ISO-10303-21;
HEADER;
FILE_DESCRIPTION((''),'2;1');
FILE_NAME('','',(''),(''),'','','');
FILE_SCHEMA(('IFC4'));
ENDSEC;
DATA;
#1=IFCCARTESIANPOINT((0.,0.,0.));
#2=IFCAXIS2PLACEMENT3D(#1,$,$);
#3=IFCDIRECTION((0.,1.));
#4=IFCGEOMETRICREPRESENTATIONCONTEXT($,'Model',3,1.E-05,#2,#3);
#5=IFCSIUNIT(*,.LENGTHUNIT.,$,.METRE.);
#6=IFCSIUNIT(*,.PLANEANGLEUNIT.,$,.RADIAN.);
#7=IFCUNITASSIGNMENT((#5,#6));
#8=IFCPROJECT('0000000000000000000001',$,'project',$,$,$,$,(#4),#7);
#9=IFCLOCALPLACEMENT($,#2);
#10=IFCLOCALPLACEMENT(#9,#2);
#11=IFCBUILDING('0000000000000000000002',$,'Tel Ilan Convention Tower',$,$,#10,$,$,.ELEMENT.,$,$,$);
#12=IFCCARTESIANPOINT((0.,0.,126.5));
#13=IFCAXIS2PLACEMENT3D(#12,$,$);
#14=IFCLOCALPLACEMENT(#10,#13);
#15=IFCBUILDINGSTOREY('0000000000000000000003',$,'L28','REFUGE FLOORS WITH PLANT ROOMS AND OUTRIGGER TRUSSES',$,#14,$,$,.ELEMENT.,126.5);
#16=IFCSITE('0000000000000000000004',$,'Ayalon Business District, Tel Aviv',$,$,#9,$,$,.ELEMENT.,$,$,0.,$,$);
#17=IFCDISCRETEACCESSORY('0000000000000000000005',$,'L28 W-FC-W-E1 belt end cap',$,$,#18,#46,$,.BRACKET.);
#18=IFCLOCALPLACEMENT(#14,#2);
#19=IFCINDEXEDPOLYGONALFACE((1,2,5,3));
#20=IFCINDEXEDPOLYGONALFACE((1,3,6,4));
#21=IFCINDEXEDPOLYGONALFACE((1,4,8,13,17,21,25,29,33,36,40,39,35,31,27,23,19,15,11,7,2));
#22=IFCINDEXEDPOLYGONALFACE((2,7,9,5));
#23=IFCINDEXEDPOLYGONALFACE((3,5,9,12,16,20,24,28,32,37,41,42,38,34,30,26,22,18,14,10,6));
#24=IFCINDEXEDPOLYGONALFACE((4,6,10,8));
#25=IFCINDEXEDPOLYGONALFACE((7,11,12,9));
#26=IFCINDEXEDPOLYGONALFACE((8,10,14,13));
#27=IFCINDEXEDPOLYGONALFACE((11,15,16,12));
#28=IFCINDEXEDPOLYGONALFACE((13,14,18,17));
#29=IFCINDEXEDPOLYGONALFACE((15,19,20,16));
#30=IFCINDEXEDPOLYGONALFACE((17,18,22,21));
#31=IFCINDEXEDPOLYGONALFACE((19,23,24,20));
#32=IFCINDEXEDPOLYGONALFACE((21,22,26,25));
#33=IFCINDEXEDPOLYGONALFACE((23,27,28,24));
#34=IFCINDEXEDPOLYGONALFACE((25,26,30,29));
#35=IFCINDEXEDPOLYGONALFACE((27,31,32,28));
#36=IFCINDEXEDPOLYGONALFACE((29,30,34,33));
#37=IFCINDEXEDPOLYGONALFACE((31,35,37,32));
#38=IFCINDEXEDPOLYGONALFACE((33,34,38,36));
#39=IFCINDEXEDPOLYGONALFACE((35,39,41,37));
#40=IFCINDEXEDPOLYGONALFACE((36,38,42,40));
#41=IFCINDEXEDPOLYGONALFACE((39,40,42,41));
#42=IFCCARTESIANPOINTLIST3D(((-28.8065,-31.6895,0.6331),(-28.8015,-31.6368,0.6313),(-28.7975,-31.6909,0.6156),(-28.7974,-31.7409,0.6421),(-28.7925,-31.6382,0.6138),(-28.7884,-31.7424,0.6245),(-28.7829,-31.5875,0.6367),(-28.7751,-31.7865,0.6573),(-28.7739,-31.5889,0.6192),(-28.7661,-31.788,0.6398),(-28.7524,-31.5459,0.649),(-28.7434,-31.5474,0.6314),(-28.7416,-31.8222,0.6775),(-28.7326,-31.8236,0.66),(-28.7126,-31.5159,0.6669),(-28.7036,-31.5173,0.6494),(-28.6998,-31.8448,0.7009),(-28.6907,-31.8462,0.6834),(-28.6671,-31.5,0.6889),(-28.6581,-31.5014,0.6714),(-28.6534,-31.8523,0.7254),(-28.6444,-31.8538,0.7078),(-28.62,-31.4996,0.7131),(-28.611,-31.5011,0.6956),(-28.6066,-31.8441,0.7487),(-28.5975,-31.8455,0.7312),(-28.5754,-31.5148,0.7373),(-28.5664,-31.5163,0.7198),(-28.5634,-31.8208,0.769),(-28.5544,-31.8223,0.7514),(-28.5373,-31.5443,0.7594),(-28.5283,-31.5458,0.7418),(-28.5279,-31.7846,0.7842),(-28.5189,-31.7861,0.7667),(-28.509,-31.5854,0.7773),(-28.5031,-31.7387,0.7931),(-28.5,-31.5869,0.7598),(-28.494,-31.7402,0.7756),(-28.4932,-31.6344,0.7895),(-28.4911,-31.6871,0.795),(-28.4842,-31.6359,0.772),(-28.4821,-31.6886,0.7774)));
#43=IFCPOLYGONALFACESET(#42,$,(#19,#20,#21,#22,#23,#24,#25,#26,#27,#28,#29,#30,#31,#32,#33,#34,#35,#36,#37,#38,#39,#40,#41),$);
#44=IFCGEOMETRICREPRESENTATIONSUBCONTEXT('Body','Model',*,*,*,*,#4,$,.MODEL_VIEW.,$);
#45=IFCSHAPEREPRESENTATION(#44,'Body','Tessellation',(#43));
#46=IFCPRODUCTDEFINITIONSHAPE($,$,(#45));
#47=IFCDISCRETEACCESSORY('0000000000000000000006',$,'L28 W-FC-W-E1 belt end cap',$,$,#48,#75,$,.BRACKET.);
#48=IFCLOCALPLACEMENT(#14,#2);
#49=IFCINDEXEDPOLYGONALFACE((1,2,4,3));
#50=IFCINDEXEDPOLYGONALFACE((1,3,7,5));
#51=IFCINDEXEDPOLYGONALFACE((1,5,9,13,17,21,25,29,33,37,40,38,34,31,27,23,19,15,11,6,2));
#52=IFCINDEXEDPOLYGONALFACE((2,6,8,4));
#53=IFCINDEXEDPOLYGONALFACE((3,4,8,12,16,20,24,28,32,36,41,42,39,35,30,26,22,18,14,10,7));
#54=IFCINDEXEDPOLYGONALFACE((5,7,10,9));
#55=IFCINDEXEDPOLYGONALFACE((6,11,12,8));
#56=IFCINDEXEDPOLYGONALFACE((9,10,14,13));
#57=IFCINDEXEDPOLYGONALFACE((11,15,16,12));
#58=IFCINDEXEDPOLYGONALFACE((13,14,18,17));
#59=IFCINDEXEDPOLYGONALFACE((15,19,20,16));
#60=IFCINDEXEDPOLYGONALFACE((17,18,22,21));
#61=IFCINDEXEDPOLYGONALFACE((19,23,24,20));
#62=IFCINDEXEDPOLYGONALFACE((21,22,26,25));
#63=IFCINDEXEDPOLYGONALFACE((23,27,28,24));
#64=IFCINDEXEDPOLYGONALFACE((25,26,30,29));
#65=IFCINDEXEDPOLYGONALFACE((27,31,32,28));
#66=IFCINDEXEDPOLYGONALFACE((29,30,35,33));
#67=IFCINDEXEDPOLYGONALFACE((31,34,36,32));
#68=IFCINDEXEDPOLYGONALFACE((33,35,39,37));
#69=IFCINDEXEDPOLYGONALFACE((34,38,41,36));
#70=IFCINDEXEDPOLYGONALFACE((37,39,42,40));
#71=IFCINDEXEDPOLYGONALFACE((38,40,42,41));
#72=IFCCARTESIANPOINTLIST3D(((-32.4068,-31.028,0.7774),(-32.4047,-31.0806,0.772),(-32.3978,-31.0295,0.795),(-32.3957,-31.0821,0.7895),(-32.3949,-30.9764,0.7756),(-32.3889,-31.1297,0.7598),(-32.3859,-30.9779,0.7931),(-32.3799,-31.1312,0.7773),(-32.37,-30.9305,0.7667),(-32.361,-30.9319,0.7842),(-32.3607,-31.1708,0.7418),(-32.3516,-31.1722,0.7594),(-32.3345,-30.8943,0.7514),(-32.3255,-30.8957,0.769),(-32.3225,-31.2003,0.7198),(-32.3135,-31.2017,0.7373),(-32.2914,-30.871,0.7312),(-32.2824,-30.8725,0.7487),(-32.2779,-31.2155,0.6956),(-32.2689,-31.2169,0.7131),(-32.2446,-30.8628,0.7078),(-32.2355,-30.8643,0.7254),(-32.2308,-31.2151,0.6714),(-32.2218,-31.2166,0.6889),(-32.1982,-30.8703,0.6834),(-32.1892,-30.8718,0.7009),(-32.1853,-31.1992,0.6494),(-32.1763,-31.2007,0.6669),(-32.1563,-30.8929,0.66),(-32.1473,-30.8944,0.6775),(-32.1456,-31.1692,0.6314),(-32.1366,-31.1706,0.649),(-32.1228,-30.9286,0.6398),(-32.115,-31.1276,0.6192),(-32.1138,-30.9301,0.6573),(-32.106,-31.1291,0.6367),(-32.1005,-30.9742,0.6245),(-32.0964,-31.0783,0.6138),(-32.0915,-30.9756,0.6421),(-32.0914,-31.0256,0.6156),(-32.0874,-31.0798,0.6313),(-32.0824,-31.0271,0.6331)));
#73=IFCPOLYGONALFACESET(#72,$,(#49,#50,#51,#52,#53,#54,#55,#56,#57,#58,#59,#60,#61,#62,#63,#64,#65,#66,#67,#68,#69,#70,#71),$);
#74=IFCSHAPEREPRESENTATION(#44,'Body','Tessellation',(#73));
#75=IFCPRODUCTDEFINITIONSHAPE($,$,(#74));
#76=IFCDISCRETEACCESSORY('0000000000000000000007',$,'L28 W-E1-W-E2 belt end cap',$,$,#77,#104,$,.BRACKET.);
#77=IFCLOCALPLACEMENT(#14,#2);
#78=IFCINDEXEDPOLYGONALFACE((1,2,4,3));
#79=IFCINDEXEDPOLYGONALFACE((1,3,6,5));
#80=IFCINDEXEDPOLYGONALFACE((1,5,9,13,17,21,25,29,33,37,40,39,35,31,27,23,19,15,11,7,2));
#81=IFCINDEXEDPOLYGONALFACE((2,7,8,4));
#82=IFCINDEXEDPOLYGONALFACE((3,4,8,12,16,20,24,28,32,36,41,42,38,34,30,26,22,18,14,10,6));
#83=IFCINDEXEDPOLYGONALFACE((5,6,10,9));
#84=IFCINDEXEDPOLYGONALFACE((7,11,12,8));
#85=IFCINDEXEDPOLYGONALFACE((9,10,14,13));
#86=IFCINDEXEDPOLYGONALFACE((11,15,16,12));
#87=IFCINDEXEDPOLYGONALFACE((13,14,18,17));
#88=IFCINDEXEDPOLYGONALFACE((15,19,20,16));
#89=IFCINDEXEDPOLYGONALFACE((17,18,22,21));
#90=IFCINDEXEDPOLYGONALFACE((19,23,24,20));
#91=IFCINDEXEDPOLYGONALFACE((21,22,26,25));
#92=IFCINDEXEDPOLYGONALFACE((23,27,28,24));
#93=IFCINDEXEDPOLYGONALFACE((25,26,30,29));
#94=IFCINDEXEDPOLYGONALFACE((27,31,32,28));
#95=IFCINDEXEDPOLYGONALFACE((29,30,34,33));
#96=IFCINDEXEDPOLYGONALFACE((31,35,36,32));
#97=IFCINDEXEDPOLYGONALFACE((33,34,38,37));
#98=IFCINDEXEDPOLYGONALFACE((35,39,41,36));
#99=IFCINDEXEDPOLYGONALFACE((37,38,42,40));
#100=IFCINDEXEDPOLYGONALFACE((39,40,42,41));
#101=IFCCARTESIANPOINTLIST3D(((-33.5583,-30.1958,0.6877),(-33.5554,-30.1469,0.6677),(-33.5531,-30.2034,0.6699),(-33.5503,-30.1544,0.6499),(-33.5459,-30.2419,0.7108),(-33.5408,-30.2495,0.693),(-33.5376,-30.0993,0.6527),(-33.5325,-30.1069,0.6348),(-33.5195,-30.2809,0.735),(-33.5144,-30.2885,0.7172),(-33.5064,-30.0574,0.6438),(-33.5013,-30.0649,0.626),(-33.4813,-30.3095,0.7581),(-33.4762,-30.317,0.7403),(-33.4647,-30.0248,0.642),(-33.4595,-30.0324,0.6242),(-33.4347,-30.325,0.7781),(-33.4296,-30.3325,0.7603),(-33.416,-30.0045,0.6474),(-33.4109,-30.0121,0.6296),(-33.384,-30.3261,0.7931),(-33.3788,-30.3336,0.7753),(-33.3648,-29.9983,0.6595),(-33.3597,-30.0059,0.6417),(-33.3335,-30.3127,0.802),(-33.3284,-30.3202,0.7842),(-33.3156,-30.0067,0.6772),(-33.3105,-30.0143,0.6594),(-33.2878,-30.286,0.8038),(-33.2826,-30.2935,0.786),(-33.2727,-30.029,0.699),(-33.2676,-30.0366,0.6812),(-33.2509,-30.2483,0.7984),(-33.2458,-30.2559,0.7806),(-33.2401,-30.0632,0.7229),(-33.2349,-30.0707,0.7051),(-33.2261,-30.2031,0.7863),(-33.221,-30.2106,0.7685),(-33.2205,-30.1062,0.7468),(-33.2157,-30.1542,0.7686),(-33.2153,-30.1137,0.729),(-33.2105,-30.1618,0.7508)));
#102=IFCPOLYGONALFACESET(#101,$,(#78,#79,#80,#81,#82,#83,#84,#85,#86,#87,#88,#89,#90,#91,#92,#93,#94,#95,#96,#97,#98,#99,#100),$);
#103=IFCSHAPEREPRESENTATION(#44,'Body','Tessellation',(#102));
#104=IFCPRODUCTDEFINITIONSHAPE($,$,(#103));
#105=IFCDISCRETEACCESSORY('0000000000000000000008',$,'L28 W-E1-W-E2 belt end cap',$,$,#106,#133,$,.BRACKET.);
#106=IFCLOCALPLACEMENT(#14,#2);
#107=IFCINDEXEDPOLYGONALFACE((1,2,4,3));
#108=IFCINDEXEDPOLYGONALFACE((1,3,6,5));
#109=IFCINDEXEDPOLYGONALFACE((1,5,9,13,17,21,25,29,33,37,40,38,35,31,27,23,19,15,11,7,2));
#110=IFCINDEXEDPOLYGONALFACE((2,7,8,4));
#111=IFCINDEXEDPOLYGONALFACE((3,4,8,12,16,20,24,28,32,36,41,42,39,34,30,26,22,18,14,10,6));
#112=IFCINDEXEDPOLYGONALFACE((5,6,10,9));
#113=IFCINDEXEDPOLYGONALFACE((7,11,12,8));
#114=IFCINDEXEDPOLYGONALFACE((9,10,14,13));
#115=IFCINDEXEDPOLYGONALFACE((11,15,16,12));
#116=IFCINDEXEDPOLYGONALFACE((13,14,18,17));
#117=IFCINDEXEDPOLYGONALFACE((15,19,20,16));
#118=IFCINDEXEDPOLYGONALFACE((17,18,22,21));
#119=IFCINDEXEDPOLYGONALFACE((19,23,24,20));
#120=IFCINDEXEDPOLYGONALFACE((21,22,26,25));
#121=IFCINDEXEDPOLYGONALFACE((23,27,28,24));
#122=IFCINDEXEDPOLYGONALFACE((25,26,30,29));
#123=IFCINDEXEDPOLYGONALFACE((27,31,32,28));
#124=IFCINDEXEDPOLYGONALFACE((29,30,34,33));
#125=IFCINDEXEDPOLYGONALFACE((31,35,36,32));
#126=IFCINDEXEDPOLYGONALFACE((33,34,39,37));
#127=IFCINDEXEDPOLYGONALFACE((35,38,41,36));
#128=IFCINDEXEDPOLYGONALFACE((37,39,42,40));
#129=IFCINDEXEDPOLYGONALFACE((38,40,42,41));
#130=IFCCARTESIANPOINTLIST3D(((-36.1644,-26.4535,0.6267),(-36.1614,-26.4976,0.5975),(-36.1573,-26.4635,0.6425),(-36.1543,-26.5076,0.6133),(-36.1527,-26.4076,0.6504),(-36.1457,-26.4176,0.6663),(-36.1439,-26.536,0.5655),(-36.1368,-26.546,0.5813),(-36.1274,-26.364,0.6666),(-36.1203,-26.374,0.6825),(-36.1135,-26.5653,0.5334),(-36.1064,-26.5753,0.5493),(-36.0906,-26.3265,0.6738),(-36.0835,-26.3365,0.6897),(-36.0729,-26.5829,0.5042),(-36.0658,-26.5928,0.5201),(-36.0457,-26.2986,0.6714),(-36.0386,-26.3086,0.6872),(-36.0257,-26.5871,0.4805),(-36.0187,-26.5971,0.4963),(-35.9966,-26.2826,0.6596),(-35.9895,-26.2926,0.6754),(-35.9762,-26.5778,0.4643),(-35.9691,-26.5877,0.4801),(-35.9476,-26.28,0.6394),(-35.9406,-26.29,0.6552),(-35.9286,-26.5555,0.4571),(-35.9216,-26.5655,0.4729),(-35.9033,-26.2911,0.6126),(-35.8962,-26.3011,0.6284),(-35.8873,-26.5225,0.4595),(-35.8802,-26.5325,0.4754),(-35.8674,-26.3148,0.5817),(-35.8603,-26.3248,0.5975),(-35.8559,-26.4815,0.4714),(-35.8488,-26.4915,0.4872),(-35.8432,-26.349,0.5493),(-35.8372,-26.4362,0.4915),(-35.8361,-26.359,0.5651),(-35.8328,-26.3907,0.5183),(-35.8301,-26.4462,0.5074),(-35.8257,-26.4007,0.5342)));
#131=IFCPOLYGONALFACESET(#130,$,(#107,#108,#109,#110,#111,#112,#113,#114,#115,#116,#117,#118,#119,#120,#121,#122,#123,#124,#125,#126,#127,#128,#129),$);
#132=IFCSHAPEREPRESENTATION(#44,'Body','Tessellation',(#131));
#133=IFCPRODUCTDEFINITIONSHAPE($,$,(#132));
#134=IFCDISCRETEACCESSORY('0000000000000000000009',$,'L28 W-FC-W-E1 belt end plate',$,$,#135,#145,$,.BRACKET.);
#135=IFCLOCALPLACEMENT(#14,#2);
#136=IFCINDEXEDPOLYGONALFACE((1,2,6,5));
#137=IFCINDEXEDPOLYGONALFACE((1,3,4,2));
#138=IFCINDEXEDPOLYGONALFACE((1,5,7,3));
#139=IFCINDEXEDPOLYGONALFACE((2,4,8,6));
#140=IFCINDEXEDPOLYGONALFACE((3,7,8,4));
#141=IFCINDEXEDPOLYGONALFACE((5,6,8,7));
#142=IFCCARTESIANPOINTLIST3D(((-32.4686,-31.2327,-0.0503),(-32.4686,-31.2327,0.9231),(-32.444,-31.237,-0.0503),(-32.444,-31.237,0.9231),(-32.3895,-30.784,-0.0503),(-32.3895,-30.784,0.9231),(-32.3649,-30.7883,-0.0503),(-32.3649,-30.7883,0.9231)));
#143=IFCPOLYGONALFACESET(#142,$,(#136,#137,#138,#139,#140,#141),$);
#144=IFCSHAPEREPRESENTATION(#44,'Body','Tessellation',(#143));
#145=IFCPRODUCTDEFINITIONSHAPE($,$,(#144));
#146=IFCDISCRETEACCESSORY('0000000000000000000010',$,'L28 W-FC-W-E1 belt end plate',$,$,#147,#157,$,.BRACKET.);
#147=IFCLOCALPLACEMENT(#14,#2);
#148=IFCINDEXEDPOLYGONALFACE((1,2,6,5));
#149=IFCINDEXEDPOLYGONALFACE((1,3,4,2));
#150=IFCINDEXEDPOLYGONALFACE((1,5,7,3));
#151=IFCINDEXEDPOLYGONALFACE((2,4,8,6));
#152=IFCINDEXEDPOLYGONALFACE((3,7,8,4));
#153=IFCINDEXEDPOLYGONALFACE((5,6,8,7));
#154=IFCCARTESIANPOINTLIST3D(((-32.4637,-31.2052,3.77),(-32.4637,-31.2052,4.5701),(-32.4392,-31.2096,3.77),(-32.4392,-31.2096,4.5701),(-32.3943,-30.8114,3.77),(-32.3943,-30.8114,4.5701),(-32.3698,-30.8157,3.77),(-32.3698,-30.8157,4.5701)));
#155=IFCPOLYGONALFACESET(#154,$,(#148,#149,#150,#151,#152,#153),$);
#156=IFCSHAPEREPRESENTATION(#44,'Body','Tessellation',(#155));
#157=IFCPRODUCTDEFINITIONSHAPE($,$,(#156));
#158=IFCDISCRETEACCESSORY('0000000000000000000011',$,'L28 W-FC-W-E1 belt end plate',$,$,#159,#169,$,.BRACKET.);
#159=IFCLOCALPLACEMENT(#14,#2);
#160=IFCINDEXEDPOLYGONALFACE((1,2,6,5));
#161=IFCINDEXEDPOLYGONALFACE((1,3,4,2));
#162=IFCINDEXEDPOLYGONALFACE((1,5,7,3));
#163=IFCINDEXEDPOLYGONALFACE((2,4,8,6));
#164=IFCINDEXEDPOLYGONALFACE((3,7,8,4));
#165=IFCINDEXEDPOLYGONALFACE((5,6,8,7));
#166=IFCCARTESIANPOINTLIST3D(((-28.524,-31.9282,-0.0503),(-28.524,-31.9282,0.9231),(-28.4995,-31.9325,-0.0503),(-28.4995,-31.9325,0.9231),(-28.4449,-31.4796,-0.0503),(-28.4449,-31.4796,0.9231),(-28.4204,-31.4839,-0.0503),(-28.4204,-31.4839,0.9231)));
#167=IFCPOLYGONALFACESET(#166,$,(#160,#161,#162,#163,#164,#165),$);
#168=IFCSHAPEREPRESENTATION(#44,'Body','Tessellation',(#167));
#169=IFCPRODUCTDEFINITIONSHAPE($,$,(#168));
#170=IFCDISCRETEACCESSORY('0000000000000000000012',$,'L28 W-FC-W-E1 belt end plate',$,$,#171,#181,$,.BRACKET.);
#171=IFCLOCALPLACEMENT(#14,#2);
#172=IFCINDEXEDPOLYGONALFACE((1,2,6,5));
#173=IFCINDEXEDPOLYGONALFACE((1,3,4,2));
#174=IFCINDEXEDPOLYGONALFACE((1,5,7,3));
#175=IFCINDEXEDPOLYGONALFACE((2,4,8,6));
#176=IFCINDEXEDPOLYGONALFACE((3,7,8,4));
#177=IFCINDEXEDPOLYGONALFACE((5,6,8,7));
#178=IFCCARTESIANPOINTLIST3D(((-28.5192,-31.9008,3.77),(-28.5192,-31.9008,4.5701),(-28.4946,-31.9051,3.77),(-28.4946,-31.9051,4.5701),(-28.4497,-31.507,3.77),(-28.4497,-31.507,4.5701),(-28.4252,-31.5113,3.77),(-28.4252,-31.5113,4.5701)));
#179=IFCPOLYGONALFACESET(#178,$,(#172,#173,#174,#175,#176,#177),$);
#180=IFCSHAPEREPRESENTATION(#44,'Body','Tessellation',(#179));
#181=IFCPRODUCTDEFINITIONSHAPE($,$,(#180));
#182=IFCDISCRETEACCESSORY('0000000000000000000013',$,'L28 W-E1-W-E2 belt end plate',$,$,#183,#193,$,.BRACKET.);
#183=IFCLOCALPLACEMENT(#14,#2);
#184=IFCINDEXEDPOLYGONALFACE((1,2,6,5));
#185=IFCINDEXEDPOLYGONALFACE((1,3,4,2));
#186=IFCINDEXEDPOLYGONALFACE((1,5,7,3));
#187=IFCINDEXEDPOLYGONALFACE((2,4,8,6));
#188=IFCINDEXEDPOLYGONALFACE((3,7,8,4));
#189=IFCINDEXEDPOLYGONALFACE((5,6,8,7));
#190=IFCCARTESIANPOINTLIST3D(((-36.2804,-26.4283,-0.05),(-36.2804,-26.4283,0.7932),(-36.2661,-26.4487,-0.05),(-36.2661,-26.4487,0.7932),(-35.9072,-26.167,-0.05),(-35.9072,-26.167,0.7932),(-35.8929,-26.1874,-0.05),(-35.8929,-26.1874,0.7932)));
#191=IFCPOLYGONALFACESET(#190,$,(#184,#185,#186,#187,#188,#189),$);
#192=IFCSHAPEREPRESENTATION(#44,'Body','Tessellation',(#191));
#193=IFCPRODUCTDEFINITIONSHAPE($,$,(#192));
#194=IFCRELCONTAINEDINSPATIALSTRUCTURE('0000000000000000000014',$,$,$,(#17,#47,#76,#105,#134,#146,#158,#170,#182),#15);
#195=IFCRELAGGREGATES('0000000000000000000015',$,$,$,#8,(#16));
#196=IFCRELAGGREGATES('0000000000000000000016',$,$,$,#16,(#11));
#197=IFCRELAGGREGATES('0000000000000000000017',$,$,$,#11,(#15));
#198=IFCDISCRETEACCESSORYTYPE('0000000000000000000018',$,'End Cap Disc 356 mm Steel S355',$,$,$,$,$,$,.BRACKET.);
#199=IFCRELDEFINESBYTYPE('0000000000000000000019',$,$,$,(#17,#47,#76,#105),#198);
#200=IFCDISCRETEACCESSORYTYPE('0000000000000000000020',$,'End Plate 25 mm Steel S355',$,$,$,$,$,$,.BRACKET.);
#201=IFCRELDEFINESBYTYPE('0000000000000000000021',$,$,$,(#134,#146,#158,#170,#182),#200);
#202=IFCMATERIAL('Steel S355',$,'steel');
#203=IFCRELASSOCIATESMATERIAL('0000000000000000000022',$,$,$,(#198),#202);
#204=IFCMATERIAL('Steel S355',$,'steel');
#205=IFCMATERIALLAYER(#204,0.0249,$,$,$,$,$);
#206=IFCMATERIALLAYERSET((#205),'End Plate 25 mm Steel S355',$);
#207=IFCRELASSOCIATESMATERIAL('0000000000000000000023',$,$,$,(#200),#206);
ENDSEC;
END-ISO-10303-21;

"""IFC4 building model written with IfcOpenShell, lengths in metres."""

from ifc_helpers import new_model, si_unit, direction, frame, origin, origin_2d, place, context, subcontext, project, spatial, rectangle, circle, extrude, material, layer, layer_set, material_profile, profile_set, type_object, element, save


model = new_model("IFC4")

# Units and contexts
model_context = context("Model", 3, precision=1e-05, world=origin(), true_north=direction((0.0, 1.0)))
body_context = subcontext(model_context, "Body", "Model", "MODEL_VIEW")
ifc_project = project(units=[si_unit("LENGTHUNIT", "METRE"), si_unit("PLANEANGLEUNIT", "RADIAN")], contexts=[model_context])

# Site, building, storey
site_placement = place(None, origin())
site = spatial("IfcSite", under=ifc_project, at=site_placement, Name="Ayalon Business District, Tel Aviv", CompositionType="ELEMENT", RefElevation=0.0)
building_placement = place(site_placement, origin())
building = spatial("IfcBuilding", under=site, at=building_placement, Name="Tel Ilan Convention Tower", CompositionType="ELEMENT")
storey_placement = place(building_placement, frame((0.0, 0.0, 126.5)))
storey = spatial("IfcBuildingStorey", under=building, at=storey_placement, Name="L28", Description="REFUGE FLOORS WITH PLANT ROOMS AND OUTRIGGER TRUSSES", CompositionType="ELEMENT", Elevation=126.5)

# Discrete accessories
ifc_material_1 = material(Name="Steel S355", Category="steel")
ifc_material_profile_1 = material_profile(ifc_material_1, circle(Radius=0.1777, at=origin_2d()), Name="End Cap Disc 356 mm Steel S355")
ifc_profile_set_1 = profile_set([ifc_material_profile_1], Name="Steel S355")
discrete_accessory_type_1 = type_object("IfcDiscreteAccessoryType", Name="End Cap Disc 356 mm Steel S355", PredefinedType="BRACKET", material=ifc_profile_set_1)
for number, where, z_axis, x_axis, name in (
    (1, (-28.6484, -31.675, 0.7131), (0.455819, -0.073917, -0.886998), (0.160071, 0.987105, 0.0), "L28 W-FC-W-E1 belt end cap"),
    (2, (-32.2405, -31.0415, 0.7131), (-0.455819, 0.073917, -0.886998), (-0.160071, -0.987105, 0.0), "L28 W-FC-W-E1 belt end cap"),
):
    element("IfcDiscreteAccessory", number, at=place(storey_placement, frame(where, z_axis=z_axis, x_axis=x_axis)), inside=storey, type_object=discrete_accessory_type_1, Name=name, PredefinedType="BRACKET", context=body_context, shape_type="SweptSolid", body=[
        extrude(circle(Radius=0.1777, at=origin_2d()), origin(), (0.0, 0.0, 1.0), 0.0198),
    ])
for number, where, z_axis, x_axis, name in (
    (3, (-33.3872, -30.1628, 0.7229), (0.255964, -0.377852, -0.889781), (0.827919, 0.560848, 0.0), "L28 W-E1-W-E2 belt end cap"),
    (4, (-35.9917, -26.4434, 0.5813), (-0.353055, 0.499147, -0.791331), (-0.816416, -0.577465, 0.0), "L28 W-E1-W-E2 belt end cap"),
):
    element("IfcDiscreteAccessory", number, at=place(storey_placement, frame(where, z_axis=z_axis, x_axis=x_axis)), inside=storey, type_object=discrete_accessory_type_1, Name=name, PredefinedType="BRACKET", context=body_context, shape_type="SweptSolid", body=[
        extrude(circle(Radius=0.1777, at=origin_2d()), origin(), (0.0, 0.0, 1.0), 0.02),
    ])
ifc_material_2 = material(Name="Steel S355", Category="steel")
ifc_layer_1 = layer(ifc_material_2, 0.0249)
ifc_layer_set_1 = layer_set([ifc_layer_1], Name="End Plate 25 mm Steel S355")
discrete_accessory_type_2 = type_object("IfcDiscreteAccessoryType", Name="End Plate 25 mm Steel S355", PredefinedType="BRACKET", material=ifc_layer_set_1)
discrete_accessory_1_placement = place(storey_placement, frame((-32.4167, -31.0105, -0.0503), z_axis=(0.0, 0.0, 1.0), x_axis=(-0.984808, 0.173648, 0.0)))
element("IfcDiscreteAccessory", 5, at=discrete_accessory_1_placement, inside=storey, type_object=discrete_accessory_type_2, Name="L28 W-FC-W-E1 belt end plate", PredefinedType="BRACKET", context=body_context, shape_type="SweptSolid", body=[
    extrude(rectangle(XDim=0.0249, YDim=0.4556, at=origin_2d()), origin(), (0.0, 0.0, 1.0), 0.9734),
])
discrete_accessory_2_placement = place(storey_placement, frame((-32.4167, -31.0105, 3.77), z_axis=(0.0, 0.0, 1.0), x_axis=(-0.984808, 0.173648, 0.0)))
element("IfcDiscreteAccessory", 6, at=discrete_accessory_2_placement, inside=storey, type_object=discrete_accessory_type_2, Name="L28 W-FC-W-E1 belt end plate", PredefinedType="BRACKET", context=body_context, shape_type="SweptSolid", body=[
    extrude(rectangle(XDim=0.0249, YDim=0.3999, at=origin_2d()), origin(), (0.0, 0.0, 1.0), 0.8),
])
discrete_accessory_3_placement = place(storey_placement, frame((-28.4722, -31.7061, -0.0503), z_axis=(0.0, 0.0, 1.0), x_axis=(0.984808, -0.173648, 0.0)))
element("IfcDiscreteAccessory", 7, at=discrete_accessory_3_placement, inside=storey, type_object=discrete_accessory_type_2, Name="L28 W-FC-W-E1 belt end plate", PredefinedType="BRACKET", context=body_context, shape_type="SweptSolid", body=[
    extrude(rectangle(XDim=0.0249, YDim=0.4556, at=origin_2d()), origin(), (0.0, 0.0, 1.0), 0.9734),
])
discrete_accessory_4_placement = place(storey_placement, frame((-28.4722, -31.7061, 3.77), z_axis=(0.0, 0.0, 1.0), x_axis=(0.984808, -0.173648, 0.0)))
element("IfcDiscreteAccessory", 8, at=discrete_accessory_4_placement, inside=storey, type_object=discrete_accessory_type_2, Name="L28 W-FC-W-E1 belt end plate", PredefinedType="BRACKET", context=body_context, shape_type="SweptSolid", body=[
    extrude(rectangle(XDim=0.0249, YDim=0.3999, at=origin_2d()), origin(), (0.0, 0.0, 1.0), 0.8),
])
discrete_accessory_5_placement = place(storey_placement, frame((-36.0867, -26.3079, -0.05), z_axis=(0.0, 0.0, 1.0), x_axis=(-0.573576, 0.819152, 0.0)))
element("IfcDiscreteAccessory", 9, at=discrete_accessory_5_placement, inside=storey, type_object=discrete_accessory_type_2, Name="L28 W-E1-W-E2 belt end plate", PredefinedType="BRACKET", context=body_context, shape_type="SweptSolid", body=[
    extrude(rectangle(XDim=0.0249, YDim=0.4556, at=origin_2d()), origin(), (0.0, 0.0, 1.0), 0.8433),
])

save(model, "model.ifc")
